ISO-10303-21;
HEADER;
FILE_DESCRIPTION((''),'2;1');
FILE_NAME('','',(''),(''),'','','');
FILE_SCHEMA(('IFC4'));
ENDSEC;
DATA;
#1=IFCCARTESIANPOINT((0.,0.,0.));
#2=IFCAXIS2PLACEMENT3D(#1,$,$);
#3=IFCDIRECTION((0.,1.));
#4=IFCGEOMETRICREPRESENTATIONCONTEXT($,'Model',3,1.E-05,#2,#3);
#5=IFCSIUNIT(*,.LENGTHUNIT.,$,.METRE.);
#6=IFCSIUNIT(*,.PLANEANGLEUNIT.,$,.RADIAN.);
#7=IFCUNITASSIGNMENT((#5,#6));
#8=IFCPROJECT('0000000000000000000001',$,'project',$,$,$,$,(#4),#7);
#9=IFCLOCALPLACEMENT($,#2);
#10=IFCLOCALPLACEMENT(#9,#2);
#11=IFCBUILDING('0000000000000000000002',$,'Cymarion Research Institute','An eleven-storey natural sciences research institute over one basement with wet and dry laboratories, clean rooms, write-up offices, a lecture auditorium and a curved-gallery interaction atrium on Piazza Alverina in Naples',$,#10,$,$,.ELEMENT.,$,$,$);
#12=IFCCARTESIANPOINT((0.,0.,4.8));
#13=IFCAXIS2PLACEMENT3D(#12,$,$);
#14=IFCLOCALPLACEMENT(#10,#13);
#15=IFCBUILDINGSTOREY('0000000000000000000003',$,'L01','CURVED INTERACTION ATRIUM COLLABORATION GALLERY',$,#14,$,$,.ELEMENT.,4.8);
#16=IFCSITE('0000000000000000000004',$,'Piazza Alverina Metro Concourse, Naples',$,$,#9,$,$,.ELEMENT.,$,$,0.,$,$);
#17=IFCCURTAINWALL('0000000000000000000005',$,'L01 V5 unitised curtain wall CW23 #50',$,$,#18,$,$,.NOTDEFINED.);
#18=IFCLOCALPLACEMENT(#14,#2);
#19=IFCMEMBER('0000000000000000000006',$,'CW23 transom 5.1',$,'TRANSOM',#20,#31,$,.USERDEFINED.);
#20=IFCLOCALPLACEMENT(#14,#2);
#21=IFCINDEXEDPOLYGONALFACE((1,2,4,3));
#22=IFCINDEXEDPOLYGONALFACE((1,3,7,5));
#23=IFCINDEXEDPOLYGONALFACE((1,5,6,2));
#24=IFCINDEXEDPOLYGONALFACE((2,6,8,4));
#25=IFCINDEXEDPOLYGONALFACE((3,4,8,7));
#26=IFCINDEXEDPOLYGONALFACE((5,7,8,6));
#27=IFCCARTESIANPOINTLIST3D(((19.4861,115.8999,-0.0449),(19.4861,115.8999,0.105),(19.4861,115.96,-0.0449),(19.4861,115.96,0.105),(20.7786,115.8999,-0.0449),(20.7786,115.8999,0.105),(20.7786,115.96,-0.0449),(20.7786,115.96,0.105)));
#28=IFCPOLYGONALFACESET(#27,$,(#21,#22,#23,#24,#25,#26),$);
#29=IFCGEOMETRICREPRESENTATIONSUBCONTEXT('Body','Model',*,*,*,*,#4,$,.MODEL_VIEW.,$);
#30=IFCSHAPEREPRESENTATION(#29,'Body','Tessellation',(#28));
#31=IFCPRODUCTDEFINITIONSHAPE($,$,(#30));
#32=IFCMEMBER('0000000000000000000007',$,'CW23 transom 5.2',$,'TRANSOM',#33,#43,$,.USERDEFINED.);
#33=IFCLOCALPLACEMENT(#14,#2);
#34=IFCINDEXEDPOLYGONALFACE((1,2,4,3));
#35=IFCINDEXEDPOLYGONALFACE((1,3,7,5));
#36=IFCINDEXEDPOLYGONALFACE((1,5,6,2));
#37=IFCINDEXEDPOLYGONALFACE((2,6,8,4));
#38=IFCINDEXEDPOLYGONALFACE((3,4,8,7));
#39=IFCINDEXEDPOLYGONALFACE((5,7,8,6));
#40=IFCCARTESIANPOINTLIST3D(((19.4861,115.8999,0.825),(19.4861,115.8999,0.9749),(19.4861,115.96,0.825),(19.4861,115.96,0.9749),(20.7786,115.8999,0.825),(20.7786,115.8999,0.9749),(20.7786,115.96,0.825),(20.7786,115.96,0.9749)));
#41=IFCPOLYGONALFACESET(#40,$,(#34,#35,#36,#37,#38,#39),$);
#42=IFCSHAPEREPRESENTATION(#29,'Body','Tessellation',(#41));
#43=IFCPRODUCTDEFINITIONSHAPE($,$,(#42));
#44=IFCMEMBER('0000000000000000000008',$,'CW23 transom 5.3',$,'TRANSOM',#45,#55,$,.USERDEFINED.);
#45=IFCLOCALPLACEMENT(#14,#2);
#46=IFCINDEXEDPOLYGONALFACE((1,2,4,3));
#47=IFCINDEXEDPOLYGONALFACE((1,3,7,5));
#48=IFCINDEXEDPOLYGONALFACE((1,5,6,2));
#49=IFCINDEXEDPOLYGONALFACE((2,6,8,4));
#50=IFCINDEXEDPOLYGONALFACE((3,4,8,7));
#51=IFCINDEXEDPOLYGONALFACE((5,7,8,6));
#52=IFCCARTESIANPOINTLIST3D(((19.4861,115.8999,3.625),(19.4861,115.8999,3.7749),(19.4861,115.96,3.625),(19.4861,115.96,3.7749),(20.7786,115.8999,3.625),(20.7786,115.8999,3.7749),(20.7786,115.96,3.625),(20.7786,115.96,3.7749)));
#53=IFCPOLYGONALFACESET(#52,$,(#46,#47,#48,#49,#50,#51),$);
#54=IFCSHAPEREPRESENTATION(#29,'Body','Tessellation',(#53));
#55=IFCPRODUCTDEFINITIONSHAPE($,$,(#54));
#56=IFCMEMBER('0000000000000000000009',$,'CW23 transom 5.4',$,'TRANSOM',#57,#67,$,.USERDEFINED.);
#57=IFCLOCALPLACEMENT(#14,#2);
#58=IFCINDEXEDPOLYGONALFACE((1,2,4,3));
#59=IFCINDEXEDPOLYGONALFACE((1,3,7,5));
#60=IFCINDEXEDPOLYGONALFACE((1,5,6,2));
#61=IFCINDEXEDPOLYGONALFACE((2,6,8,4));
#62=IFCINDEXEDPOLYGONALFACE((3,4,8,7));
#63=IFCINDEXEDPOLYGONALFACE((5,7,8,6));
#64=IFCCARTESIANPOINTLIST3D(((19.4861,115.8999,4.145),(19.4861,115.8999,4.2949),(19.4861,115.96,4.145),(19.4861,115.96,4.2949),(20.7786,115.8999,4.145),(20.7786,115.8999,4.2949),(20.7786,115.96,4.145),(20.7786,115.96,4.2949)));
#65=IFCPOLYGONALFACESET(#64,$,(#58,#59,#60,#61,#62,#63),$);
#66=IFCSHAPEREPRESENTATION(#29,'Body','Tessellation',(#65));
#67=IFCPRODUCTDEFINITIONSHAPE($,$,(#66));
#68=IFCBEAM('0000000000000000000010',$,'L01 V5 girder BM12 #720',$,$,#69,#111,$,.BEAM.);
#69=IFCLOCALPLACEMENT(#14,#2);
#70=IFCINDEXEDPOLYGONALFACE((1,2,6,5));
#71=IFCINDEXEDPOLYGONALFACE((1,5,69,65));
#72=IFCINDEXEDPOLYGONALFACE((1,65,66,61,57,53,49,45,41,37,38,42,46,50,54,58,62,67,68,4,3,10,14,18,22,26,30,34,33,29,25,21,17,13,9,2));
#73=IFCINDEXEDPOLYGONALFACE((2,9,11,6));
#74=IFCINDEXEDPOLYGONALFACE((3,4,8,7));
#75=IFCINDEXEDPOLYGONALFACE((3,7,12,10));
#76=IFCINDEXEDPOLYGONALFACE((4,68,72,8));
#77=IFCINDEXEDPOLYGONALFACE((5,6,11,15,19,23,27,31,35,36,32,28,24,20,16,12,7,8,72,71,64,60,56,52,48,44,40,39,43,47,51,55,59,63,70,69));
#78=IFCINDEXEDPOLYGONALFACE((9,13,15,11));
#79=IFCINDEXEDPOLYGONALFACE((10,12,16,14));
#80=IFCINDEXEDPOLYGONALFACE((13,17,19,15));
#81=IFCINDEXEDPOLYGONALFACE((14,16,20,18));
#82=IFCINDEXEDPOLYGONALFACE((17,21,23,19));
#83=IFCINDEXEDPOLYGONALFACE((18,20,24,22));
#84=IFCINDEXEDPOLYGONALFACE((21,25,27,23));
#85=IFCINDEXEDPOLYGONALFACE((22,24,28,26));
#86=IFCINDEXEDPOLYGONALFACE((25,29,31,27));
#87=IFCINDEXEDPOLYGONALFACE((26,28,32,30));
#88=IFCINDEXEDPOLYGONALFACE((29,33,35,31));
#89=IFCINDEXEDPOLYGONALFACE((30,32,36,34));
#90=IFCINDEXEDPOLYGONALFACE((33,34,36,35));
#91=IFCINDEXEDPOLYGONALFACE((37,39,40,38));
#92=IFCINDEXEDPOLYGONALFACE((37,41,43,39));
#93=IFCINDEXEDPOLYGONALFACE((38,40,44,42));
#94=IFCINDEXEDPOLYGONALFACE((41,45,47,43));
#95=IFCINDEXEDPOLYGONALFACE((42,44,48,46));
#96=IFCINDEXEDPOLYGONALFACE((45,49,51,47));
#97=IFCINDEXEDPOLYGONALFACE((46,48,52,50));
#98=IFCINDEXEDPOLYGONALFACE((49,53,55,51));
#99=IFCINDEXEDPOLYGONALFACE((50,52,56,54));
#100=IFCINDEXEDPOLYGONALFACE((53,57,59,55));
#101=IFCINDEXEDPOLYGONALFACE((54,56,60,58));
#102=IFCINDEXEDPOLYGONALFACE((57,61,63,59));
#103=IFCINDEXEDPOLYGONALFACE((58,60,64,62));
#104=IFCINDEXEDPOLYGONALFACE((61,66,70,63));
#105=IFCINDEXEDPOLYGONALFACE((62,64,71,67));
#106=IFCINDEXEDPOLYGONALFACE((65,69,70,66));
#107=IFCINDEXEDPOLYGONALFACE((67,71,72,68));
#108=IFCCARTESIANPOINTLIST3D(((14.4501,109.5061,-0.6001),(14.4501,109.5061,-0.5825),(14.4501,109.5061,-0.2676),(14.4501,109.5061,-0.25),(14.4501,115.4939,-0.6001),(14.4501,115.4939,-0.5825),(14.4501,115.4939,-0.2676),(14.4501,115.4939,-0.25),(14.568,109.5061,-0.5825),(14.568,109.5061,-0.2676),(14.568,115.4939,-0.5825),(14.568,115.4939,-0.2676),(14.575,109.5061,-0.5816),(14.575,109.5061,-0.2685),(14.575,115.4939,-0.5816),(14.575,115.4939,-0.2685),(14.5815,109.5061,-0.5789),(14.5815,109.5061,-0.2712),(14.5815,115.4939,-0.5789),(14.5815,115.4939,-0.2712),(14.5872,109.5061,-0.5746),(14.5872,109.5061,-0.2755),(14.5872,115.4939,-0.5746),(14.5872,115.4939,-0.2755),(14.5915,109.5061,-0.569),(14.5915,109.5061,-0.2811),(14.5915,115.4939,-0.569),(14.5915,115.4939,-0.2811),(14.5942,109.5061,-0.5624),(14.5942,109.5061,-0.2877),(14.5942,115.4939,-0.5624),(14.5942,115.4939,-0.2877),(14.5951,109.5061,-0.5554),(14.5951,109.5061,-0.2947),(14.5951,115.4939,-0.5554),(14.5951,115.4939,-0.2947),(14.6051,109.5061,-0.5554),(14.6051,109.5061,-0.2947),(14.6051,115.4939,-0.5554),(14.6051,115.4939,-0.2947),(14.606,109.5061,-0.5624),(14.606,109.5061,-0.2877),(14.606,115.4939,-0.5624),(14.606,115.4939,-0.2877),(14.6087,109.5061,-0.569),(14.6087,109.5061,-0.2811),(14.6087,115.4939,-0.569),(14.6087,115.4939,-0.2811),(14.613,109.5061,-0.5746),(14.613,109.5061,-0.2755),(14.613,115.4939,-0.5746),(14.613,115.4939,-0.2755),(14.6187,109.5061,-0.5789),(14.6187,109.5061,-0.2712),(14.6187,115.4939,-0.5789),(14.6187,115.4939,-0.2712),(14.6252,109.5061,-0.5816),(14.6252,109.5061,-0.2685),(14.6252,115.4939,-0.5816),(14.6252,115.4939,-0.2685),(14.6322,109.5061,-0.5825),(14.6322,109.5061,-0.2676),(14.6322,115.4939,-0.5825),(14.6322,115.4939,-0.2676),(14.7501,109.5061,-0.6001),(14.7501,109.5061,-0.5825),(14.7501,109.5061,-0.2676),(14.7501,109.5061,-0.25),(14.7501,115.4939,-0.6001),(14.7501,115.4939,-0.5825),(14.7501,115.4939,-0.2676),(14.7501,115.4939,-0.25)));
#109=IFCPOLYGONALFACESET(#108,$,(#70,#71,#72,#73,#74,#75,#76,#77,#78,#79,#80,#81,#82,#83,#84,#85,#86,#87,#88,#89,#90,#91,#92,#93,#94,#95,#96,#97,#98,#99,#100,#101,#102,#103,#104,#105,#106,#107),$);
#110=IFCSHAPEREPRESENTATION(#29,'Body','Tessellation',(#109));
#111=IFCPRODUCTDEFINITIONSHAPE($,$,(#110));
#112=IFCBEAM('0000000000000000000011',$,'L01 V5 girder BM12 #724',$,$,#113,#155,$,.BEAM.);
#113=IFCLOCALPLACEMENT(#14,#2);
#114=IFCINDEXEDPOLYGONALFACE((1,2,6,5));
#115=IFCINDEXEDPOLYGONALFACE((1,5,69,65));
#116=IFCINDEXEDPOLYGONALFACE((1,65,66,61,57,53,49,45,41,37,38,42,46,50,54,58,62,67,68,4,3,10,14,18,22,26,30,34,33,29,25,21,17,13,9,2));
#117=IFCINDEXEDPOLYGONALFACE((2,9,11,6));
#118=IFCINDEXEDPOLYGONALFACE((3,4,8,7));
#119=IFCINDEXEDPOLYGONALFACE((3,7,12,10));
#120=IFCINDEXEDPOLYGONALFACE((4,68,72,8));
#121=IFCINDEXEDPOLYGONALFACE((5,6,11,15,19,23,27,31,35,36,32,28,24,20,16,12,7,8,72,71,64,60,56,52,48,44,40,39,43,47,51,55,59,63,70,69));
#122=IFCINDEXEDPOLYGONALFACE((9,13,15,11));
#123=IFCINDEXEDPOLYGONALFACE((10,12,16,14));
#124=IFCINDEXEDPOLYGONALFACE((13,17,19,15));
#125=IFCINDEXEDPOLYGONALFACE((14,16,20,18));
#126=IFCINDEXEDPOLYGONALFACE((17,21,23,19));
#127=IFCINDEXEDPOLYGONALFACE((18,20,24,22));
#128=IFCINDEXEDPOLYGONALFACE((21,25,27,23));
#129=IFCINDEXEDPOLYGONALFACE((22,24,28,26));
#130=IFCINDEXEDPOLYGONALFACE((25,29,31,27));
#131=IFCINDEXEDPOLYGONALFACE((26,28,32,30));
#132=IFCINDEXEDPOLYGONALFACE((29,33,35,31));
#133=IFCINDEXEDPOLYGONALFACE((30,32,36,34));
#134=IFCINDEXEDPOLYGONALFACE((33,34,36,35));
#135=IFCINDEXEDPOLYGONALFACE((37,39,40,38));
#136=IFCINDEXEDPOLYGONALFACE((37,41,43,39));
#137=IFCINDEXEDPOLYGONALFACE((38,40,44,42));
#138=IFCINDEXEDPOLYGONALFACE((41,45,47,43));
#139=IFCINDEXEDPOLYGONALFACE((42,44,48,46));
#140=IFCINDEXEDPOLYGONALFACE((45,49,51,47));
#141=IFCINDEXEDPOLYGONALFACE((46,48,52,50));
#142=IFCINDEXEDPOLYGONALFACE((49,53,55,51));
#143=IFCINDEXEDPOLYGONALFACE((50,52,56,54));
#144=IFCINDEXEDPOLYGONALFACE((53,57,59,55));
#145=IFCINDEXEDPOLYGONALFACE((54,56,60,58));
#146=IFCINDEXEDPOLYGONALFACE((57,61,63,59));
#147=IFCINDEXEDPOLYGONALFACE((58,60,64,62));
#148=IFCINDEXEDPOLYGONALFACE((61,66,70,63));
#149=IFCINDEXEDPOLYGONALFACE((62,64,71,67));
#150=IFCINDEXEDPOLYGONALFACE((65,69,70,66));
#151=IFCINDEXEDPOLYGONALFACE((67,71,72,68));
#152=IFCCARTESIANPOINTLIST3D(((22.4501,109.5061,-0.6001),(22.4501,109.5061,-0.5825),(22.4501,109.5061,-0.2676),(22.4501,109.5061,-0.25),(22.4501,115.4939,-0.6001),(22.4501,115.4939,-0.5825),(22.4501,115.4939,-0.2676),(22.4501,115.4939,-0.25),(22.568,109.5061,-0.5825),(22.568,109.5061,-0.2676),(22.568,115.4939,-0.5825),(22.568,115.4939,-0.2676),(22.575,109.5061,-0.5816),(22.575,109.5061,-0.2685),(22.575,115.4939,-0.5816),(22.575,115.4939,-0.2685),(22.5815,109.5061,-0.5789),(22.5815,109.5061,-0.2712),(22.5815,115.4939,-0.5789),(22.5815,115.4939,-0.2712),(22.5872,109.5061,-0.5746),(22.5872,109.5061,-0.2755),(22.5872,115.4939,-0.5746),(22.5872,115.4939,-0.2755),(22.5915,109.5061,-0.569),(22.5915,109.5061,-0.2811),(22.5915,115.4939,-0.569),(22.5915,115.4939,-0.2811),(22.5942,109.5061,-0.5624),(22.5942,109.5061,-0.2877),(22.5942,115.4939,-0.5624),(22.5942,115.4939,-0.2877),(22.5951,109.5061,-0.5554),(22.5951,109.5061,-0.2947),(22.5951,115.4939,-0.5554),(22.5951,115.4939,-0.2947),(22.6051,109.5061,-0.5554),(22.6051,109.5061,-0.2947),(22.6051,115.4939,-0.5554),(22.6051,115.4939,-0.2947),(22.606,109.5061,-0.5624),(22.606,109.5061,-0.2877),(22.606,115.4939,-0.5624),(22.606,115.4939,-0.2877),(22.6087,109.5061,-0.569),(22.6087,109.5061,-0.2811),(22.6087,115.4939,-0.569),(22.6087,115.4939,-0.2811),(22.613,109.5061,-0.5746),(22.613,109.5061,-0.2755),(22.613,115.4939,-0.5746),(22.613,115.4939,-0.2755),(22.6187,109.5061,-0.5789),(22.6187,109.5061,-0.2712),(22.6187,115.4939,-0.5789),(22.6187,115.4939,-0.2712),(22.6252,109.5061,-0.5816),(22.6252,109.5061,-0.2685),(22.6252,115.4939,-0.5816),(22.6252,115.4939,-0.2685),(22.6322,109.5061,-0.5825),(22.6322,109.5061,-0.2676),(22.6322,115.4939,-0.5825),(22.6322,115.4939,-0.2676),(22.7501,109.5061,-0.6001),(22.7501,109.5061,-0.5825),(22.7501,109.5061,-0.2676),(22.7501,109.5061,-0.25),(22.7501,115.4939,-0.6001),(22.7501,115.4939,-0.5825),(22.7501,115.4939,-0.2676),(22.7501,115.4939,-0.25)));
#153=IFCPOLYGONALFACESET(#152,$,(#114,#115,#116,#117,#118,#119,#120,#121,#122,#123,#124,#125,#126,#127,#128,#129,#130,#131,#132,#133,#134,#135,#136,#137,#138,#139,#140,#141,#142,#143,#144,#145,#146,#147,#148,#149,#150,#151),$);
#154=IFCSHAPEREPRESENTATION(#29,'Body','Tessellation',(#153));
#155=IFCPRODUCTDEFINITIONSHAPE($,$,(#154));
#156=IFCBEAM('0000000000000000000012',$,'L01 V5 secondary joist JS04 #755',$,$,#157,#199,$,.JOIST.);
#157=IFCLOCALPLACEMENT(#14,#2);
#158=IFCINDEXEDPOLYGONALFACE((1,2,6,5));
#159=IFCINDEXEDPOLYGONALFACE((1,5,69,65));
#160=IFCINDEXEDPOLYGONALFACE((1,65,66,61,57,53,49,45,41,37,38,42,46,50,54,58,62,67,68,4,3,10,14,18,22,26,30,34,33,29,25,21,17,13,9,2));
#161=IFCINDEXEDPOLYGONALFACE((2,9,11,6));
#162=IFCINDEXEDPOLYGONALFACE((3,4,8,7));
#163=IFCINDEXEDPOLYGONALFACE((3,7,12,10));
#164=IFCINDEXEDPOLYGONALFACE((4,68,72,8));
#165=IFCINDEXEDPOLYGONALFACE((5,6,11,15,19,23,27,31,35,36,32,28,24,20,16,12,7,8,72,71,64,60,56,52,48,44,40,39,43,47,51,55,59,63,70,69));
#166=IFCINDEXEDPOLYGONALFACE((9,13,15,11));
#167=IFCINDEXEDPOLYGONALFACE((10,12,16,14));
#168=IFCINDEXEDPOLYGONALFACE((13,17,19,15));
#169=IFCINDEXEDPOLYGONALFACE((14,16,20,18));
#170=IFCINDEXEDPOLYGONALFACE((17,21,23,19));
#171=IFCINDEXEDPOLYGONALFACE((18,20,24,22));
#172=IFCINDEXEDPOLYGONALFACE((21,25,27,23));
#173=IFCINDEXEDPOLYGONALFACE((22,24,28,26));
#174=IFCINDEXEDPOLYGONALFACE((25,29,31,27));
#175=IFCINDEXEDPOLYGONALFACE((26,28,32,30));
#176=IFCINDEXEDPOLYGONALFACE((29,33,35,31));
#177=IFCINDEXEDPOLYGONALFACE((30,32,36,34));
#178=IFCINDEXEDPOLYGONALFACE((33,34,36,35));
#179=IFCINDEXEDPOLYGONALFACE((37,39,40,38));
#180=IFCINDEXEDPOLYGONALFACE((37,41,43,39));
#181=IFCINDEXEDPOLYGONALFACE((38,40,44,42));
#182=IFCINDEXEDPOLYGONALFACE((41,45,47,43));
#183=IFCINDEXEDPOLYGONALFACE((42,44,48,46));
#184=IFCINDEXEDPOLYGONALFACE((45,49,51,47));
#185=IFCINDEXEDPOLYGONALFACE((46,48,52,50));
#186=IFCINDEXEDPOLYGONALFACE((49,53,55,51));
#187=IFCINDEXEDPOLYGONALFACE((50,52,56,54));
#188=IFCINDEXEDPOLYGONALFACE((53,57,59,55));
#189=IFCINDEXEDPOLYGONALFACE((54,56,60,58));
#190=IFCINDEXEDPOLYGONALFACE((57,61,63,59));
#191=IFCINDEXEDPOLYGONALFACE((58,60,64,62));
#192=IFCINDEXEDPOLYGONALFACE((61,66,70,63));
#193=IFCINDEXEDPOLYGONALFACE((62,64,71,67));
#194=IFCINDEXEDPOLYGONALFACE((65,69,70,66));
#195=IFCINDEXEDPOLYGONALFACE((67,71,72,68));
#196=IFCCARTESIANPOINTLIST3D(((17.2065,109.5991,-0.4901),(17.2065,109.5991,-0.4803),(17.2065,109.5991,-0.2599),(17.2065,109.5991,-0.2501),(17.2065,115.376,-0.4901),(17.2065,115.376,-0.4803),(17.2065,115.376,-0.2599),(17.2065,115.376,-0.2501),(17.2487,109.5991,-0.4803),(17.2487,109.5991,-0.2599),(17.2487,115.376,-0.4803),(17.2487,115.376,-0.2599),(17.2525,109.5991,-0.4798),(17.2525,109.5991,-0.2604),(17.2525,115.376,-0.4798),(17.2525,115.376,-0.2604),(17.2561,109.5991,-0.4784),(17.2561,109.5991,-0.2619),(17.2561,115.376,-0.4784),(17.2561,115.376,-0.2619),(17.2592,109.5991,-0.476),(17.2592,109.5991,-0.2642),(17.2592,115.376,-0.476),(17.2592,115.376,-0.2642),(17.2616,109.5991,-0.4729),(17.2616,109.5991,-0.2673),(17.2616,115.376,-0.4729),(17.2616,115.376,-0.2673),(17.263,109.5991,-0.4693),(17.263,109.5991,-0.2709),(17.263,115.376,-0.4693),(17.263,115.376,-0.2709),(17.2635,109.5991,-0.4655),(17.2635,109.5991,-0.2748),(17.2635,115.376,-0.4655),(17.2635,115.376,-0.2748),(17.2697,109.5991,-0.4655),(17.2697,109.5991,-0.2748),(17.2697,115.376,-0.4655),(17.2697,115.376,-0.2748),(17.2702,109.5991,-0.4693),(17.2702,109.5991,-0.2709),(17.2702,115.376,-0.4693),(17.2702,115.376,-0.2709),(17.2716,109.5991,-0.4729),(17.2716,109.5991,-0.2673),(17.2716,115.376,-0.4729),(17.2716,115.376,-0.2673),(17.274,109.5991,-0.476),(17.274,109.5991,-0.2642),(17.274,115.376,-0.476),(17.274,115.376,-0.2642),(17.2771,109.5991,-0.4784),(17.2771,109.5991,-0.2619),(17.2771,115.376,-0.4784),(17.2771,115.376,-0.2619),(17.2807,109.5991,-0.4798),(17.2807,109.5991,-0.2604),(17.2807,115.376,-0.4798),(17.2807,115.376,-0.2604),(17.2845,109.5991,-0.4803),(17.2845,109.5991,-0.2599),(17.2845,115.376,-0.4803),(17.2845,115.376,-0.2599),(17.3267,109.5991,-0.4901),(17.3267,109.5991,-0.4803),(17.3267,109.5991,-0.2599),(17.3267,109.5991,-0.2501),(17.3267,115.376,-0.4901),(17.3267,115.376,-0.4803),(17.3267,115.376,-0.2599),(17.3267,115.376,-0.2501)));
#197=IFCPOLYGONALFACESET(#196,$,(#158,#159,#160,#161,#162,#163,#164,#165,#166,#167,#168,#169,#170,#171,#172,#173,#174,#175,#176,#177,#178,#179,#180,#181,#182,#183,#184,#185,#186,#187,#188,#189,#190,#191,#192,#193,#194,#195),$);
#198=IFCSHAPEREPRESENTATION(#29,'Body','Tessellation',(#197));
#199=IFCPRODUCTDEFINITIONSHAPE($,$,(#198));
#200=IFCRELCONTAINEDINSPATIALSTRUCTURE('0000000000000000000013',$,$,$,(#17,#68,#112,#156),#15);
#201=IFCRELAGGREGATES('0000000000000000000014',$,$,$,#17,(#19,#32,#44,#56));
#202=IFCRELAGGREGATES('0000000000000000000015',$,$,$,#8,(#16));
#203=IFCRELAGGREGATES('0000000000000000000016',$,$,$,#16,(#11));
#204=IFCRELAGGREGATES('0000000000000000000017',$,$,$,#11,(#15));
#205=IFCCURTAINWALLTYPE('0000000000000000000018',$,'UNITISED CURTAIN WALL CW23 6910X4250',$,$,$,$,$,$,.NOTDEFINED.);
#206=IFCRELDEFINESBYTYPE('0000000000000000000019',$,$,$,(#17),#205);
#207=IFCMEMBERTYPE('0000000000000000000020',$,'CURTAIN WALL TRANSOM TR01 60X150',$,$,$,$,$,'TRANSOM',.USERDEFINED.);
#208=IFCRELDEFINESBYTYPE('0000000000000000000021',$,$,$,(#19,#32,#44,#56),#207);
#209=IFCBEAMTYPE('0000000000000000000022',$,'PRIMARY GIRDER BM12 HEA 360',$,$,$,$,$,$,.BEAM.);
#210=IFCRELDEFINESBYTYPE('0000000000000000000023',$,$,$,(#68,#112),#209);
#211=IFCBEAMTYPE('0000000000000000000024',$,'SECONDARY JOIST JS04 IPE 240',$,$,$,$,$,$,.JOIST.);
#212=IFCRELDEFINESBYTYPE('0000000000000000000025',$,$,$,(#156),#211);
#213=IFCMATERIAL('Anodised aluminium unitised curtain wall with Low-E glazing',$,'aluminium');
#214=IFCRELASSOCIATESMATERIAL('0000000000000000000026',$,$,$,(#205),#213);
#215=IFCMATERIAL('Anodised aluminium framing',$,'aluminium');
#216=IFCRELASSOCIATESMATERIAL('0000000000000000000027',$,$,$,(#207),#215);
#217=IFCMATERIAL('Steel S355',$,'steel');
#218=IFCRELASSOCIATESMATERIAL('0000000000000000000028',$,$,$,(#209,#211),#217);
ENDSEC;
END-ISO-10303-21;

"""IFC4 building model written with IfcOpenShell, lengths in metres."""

from ifc_helpers import new_model, si_unit, direction, frame, origin, origin_2d, place, context, subcontext, project, spatial, rectangle, i_section, extrude, material, material_profile, profile_set, type_object, element, aggregate, save


model = new_model("IFC4")

# Units and contexts
model_context = context("Model", 3, precision=1e-05, world=origin(), true_north=direction((0.0, 1.0)))
body_context = subcontext(model_context, "Body", "Model", "MODEL_VIEW")
ifc_project = project(units=[si_unit("LENGTHUNIT", "METRE"), si_unit("PLANEANGLEUNIT", "RADIAN")], contexts=[model_context])

# Site, building, storey
site_placement = place(None, origin())
site = spatial("IfcSite", under=ifc_project, at=site_placement, Name="Piazza Alverina Metro Concourse, Naples", CompositionType="ELEMENT", RefElevation=0.0)
building_placement = place(site_placement, origin())
building = spatial("IfcBuilding", under=site, at=building_placement, Name="Cymarion Research Institute", Description="An eleven-storey natural sciences research institute over one basement with wet and dry laboratories, clean rooms, write-up offices, a lecture auditorium and a curved-gallery interaction atrium on Piazza Alverina in Naples", CompositionType="ELEMENT")
storey_placement = place(building_placement, frame((0.0, 0.0, 4.8)))
storey = spatial("IfcBuildingStorey", under=building, at=storey_placement, Name="L01", Description="CURVED INTERACTION ATRIUM COLLABORATION GALLERY", CompositionType="ELEMENT", Elevation=4.8)

# Shared definitions
ifc_material_1 = material(Name="Steel S355", Category="steel")

# Curtain wall, members
ifc_material_2 = material(Name="Anodised aluminium unitised curtain wall with Low-E glazing", Category="aluminium")
curtain_wall_type = type_object("IfcCurtainWallType", Name="UNITISED CURTAIN WALL CW23 6910X4250", PredefinedType="NOTDEFINED", material=ifc_material_2)
curtain_wall_placement = place(storey_placement, origin())
curtain_wall = element("IfcCurtainWall", 1, at=curtain_wall_placement, inside=storey, type_object=curtain_wall_type, Name="L01 V5 unitised curtain wall CW23 #50", PredefinedType="NOTDEFINED")
ifc_material_3 = material(Name="Anodised aluminium framing", Category="aluminium")
ifc_material_profile_1 = material_profile(ifc_material_3, rectangle(XDim=0.0601, YDim=0.1499, at=origin_2d()), Name="ALU TRANSOM 60x150")
ifc_profile_set_1 = profile_set([ifc_material_profile_1], Name="Anodised aluminium framing")
member_type_1 = type_object("IfcMemberType", Name="CURTAIN WALL TRANSOM TR01 60X150", ElementType="TRANSOM", PredefinedType="USERDEFINED", material=ifc_profile_set_1)
member_1_placement = place(storey_placement, frame((20.7786, 115.9299, 0.03), z_axis=(-1.0, 0.0, 0.0), x_axis=(0.0, -1.0, 0.0)))
member_1 = element("IfcMember", 2, at=member_1_placement, type_object=member_type_1, Name="CW23 transom 5.1", ObjectType="TRANSOM", PredefinedType="USERDEFINED", context=body_context, shape_type="SweptSolid", body=[
    extrude(rectangle(XDim=0.0601, YDim=0.1499, at=origin_2d()), origin(), (0.0, 0.0, 1.0), 1.2925),
])
member_2_placement = place(storey_placement, frame((20.7786, 115.9299, 0.8999), z_axis=(-1.0, 0.0, 0.0), x_axis=(0.0, -1.0, 0.0)))
member_2 = element("IfcMember", 3, at=member_2_placement, type_object=member_type_1, Name="CW23 transom 5.2", ObjectType="TRANSOM", PredefinedType="USERDEFINED", context=body_context, shape_type="SweptSolid", body=[
    extrude(rectangle(XDim=0.0601, YDim=0.1499, at=origin_2d()), origin(), (0.0, 0.0, 1.0), 1.2925),
])
member_3_placement = place(storey_placement, frame((20.7786, 115.9299, 3.7), z_axis=(-1.0, 0.0, 0.0), x_axis=(0.0, -1.0, 0.0)))
member_3 = element("IfcMember", 4, at=member_3_placement, type_object=member_type_1, Name="CW23 transom 5.3", ObjectType="TRANSOM", PredefinedType="USERDEFINED", context=body_context, shape_type="SweptSolid", body=[
    extrude(rectangle(XDim=0.0601, YDim=0.1499, at=origin_2d()), origin(), (0.0, 0.0, 1.0), 1.2925),
])
member_4_placement = place(storey_placement, frame((20.7786, 115.9299, 4.22), z_axis=(-1.0, 0.0, 0.0), x_axis=(0.0, -1.0, 0.0)))
member_4 = element("IfcMember", 5, at=member_4_placement, type_object=member_type_1, Name="CW23 transom 5.4", ObjectType="TRANSOM", PredefinedType="USERDEFINED", context=body_context, shape_type="SweptSolid", body=[
    extrude(rectangle(XDim=0.0601, YDim=0.1499, at=origin_2d()), origin(), (0.0, 0.0, 1.0), 1.2925),
])

# Beams
ifc_material_profile_2 = material_profile(ifc_material_1, i_section(OverallWidth=0.3, OverallDepth=0.3501, WebThickness=0.01, FlangeThickness=0.0176, FilletRadius=0.0271, at=origin_2d()), Name="HEA 360")
ifc_profile_set_2 = profile_set([ifc_material_profile_2], Name="Steel S355")
beam_type_1 = type_object("IfcBeamType", Name="PRIMARY GIRDER BM12 HEA 360", PredefinedType="BEAM", material=ifc_profile_set_2)
for number, where, z_axis, x_axis, name in (
    (6, (14.6001, 109.5061, -0.425), (0.0, 1.0, 0.0), (-1.0, 0.0, 0.0), "L01 V5 girder BM12 #720"),
    (7, (22.6001, 109.5061, -0.425), (0.0, 1.0, 0.0), (-1.0, 0.0, 0.0), "L01 V5 girder BM12 #724"),
):
    element("IfcBeam", number, at=place(storey_placement, frame(where, z_axis=z_axis, x_axis=x_axis)), inside=storey, type_object=beam_type_1, Name=name, PredefinedType="BEAM", context=body_context, shape_type="SweptSolid", body=[
        extrude(i_section(OverallWidth=0.3, OverallDepth=0.3501, WebThickness=0.01, FlangeThickness=0.0176, FilletRadius=0.0271, at=origin_2d()), origin(), (0.0, 0.0, 1.0), 5.9878),
    ])
ifc_material_profile_3 = material_profile(ifc_material_1, i_section(OverallWidth=0.1201, OverallDepth=0.24, WebThickness=0.0061, FlangeThickness=0.0098, FilletRadius=0.0149, at=origin_2d()), Name="IPE 240")
ifc_profile_set_3 = profile_set([ifc_material_profile_3], Name="Steel S355")
beam_type_2 = type_object("IfcBeamType", Name="SECONDARY JOIST JS04 IPE 240", PredefinedType="JOIST", material=ifc_profile_set_3)
for number, where, z_axis, x_axis, name in (
    (8, (17.2666, 109.5991, -0.3701), (0.0, 1.0, 0.0), (-1.0, 0.0, 0.0), "L01 V5 secondary joist JS04 #755"),
):
    element("IfcBeam", number, at=place(storey_placement, frame(where, z_axis=z_axis, x_axis=x_axis)), inside=storey, type_object=beam_type_2, Name=name, PredefinedType="JOIST", context=body_context, shape_type="SweptSolid", body=[
        extrude(i_section(OverallWidth=0.1201, OverallDepth=0.24, WebThickness=0.0061, FlangeThickness=0.0098, FilletRadius=0.0149, at=origin_2d()), origin(), (0.0, 0.0, 1.0), 5.7769),
    ])

aggregate(curtain_wall, [member_1, member_2, member_3, member_4])

save(model, "model.ifc")
